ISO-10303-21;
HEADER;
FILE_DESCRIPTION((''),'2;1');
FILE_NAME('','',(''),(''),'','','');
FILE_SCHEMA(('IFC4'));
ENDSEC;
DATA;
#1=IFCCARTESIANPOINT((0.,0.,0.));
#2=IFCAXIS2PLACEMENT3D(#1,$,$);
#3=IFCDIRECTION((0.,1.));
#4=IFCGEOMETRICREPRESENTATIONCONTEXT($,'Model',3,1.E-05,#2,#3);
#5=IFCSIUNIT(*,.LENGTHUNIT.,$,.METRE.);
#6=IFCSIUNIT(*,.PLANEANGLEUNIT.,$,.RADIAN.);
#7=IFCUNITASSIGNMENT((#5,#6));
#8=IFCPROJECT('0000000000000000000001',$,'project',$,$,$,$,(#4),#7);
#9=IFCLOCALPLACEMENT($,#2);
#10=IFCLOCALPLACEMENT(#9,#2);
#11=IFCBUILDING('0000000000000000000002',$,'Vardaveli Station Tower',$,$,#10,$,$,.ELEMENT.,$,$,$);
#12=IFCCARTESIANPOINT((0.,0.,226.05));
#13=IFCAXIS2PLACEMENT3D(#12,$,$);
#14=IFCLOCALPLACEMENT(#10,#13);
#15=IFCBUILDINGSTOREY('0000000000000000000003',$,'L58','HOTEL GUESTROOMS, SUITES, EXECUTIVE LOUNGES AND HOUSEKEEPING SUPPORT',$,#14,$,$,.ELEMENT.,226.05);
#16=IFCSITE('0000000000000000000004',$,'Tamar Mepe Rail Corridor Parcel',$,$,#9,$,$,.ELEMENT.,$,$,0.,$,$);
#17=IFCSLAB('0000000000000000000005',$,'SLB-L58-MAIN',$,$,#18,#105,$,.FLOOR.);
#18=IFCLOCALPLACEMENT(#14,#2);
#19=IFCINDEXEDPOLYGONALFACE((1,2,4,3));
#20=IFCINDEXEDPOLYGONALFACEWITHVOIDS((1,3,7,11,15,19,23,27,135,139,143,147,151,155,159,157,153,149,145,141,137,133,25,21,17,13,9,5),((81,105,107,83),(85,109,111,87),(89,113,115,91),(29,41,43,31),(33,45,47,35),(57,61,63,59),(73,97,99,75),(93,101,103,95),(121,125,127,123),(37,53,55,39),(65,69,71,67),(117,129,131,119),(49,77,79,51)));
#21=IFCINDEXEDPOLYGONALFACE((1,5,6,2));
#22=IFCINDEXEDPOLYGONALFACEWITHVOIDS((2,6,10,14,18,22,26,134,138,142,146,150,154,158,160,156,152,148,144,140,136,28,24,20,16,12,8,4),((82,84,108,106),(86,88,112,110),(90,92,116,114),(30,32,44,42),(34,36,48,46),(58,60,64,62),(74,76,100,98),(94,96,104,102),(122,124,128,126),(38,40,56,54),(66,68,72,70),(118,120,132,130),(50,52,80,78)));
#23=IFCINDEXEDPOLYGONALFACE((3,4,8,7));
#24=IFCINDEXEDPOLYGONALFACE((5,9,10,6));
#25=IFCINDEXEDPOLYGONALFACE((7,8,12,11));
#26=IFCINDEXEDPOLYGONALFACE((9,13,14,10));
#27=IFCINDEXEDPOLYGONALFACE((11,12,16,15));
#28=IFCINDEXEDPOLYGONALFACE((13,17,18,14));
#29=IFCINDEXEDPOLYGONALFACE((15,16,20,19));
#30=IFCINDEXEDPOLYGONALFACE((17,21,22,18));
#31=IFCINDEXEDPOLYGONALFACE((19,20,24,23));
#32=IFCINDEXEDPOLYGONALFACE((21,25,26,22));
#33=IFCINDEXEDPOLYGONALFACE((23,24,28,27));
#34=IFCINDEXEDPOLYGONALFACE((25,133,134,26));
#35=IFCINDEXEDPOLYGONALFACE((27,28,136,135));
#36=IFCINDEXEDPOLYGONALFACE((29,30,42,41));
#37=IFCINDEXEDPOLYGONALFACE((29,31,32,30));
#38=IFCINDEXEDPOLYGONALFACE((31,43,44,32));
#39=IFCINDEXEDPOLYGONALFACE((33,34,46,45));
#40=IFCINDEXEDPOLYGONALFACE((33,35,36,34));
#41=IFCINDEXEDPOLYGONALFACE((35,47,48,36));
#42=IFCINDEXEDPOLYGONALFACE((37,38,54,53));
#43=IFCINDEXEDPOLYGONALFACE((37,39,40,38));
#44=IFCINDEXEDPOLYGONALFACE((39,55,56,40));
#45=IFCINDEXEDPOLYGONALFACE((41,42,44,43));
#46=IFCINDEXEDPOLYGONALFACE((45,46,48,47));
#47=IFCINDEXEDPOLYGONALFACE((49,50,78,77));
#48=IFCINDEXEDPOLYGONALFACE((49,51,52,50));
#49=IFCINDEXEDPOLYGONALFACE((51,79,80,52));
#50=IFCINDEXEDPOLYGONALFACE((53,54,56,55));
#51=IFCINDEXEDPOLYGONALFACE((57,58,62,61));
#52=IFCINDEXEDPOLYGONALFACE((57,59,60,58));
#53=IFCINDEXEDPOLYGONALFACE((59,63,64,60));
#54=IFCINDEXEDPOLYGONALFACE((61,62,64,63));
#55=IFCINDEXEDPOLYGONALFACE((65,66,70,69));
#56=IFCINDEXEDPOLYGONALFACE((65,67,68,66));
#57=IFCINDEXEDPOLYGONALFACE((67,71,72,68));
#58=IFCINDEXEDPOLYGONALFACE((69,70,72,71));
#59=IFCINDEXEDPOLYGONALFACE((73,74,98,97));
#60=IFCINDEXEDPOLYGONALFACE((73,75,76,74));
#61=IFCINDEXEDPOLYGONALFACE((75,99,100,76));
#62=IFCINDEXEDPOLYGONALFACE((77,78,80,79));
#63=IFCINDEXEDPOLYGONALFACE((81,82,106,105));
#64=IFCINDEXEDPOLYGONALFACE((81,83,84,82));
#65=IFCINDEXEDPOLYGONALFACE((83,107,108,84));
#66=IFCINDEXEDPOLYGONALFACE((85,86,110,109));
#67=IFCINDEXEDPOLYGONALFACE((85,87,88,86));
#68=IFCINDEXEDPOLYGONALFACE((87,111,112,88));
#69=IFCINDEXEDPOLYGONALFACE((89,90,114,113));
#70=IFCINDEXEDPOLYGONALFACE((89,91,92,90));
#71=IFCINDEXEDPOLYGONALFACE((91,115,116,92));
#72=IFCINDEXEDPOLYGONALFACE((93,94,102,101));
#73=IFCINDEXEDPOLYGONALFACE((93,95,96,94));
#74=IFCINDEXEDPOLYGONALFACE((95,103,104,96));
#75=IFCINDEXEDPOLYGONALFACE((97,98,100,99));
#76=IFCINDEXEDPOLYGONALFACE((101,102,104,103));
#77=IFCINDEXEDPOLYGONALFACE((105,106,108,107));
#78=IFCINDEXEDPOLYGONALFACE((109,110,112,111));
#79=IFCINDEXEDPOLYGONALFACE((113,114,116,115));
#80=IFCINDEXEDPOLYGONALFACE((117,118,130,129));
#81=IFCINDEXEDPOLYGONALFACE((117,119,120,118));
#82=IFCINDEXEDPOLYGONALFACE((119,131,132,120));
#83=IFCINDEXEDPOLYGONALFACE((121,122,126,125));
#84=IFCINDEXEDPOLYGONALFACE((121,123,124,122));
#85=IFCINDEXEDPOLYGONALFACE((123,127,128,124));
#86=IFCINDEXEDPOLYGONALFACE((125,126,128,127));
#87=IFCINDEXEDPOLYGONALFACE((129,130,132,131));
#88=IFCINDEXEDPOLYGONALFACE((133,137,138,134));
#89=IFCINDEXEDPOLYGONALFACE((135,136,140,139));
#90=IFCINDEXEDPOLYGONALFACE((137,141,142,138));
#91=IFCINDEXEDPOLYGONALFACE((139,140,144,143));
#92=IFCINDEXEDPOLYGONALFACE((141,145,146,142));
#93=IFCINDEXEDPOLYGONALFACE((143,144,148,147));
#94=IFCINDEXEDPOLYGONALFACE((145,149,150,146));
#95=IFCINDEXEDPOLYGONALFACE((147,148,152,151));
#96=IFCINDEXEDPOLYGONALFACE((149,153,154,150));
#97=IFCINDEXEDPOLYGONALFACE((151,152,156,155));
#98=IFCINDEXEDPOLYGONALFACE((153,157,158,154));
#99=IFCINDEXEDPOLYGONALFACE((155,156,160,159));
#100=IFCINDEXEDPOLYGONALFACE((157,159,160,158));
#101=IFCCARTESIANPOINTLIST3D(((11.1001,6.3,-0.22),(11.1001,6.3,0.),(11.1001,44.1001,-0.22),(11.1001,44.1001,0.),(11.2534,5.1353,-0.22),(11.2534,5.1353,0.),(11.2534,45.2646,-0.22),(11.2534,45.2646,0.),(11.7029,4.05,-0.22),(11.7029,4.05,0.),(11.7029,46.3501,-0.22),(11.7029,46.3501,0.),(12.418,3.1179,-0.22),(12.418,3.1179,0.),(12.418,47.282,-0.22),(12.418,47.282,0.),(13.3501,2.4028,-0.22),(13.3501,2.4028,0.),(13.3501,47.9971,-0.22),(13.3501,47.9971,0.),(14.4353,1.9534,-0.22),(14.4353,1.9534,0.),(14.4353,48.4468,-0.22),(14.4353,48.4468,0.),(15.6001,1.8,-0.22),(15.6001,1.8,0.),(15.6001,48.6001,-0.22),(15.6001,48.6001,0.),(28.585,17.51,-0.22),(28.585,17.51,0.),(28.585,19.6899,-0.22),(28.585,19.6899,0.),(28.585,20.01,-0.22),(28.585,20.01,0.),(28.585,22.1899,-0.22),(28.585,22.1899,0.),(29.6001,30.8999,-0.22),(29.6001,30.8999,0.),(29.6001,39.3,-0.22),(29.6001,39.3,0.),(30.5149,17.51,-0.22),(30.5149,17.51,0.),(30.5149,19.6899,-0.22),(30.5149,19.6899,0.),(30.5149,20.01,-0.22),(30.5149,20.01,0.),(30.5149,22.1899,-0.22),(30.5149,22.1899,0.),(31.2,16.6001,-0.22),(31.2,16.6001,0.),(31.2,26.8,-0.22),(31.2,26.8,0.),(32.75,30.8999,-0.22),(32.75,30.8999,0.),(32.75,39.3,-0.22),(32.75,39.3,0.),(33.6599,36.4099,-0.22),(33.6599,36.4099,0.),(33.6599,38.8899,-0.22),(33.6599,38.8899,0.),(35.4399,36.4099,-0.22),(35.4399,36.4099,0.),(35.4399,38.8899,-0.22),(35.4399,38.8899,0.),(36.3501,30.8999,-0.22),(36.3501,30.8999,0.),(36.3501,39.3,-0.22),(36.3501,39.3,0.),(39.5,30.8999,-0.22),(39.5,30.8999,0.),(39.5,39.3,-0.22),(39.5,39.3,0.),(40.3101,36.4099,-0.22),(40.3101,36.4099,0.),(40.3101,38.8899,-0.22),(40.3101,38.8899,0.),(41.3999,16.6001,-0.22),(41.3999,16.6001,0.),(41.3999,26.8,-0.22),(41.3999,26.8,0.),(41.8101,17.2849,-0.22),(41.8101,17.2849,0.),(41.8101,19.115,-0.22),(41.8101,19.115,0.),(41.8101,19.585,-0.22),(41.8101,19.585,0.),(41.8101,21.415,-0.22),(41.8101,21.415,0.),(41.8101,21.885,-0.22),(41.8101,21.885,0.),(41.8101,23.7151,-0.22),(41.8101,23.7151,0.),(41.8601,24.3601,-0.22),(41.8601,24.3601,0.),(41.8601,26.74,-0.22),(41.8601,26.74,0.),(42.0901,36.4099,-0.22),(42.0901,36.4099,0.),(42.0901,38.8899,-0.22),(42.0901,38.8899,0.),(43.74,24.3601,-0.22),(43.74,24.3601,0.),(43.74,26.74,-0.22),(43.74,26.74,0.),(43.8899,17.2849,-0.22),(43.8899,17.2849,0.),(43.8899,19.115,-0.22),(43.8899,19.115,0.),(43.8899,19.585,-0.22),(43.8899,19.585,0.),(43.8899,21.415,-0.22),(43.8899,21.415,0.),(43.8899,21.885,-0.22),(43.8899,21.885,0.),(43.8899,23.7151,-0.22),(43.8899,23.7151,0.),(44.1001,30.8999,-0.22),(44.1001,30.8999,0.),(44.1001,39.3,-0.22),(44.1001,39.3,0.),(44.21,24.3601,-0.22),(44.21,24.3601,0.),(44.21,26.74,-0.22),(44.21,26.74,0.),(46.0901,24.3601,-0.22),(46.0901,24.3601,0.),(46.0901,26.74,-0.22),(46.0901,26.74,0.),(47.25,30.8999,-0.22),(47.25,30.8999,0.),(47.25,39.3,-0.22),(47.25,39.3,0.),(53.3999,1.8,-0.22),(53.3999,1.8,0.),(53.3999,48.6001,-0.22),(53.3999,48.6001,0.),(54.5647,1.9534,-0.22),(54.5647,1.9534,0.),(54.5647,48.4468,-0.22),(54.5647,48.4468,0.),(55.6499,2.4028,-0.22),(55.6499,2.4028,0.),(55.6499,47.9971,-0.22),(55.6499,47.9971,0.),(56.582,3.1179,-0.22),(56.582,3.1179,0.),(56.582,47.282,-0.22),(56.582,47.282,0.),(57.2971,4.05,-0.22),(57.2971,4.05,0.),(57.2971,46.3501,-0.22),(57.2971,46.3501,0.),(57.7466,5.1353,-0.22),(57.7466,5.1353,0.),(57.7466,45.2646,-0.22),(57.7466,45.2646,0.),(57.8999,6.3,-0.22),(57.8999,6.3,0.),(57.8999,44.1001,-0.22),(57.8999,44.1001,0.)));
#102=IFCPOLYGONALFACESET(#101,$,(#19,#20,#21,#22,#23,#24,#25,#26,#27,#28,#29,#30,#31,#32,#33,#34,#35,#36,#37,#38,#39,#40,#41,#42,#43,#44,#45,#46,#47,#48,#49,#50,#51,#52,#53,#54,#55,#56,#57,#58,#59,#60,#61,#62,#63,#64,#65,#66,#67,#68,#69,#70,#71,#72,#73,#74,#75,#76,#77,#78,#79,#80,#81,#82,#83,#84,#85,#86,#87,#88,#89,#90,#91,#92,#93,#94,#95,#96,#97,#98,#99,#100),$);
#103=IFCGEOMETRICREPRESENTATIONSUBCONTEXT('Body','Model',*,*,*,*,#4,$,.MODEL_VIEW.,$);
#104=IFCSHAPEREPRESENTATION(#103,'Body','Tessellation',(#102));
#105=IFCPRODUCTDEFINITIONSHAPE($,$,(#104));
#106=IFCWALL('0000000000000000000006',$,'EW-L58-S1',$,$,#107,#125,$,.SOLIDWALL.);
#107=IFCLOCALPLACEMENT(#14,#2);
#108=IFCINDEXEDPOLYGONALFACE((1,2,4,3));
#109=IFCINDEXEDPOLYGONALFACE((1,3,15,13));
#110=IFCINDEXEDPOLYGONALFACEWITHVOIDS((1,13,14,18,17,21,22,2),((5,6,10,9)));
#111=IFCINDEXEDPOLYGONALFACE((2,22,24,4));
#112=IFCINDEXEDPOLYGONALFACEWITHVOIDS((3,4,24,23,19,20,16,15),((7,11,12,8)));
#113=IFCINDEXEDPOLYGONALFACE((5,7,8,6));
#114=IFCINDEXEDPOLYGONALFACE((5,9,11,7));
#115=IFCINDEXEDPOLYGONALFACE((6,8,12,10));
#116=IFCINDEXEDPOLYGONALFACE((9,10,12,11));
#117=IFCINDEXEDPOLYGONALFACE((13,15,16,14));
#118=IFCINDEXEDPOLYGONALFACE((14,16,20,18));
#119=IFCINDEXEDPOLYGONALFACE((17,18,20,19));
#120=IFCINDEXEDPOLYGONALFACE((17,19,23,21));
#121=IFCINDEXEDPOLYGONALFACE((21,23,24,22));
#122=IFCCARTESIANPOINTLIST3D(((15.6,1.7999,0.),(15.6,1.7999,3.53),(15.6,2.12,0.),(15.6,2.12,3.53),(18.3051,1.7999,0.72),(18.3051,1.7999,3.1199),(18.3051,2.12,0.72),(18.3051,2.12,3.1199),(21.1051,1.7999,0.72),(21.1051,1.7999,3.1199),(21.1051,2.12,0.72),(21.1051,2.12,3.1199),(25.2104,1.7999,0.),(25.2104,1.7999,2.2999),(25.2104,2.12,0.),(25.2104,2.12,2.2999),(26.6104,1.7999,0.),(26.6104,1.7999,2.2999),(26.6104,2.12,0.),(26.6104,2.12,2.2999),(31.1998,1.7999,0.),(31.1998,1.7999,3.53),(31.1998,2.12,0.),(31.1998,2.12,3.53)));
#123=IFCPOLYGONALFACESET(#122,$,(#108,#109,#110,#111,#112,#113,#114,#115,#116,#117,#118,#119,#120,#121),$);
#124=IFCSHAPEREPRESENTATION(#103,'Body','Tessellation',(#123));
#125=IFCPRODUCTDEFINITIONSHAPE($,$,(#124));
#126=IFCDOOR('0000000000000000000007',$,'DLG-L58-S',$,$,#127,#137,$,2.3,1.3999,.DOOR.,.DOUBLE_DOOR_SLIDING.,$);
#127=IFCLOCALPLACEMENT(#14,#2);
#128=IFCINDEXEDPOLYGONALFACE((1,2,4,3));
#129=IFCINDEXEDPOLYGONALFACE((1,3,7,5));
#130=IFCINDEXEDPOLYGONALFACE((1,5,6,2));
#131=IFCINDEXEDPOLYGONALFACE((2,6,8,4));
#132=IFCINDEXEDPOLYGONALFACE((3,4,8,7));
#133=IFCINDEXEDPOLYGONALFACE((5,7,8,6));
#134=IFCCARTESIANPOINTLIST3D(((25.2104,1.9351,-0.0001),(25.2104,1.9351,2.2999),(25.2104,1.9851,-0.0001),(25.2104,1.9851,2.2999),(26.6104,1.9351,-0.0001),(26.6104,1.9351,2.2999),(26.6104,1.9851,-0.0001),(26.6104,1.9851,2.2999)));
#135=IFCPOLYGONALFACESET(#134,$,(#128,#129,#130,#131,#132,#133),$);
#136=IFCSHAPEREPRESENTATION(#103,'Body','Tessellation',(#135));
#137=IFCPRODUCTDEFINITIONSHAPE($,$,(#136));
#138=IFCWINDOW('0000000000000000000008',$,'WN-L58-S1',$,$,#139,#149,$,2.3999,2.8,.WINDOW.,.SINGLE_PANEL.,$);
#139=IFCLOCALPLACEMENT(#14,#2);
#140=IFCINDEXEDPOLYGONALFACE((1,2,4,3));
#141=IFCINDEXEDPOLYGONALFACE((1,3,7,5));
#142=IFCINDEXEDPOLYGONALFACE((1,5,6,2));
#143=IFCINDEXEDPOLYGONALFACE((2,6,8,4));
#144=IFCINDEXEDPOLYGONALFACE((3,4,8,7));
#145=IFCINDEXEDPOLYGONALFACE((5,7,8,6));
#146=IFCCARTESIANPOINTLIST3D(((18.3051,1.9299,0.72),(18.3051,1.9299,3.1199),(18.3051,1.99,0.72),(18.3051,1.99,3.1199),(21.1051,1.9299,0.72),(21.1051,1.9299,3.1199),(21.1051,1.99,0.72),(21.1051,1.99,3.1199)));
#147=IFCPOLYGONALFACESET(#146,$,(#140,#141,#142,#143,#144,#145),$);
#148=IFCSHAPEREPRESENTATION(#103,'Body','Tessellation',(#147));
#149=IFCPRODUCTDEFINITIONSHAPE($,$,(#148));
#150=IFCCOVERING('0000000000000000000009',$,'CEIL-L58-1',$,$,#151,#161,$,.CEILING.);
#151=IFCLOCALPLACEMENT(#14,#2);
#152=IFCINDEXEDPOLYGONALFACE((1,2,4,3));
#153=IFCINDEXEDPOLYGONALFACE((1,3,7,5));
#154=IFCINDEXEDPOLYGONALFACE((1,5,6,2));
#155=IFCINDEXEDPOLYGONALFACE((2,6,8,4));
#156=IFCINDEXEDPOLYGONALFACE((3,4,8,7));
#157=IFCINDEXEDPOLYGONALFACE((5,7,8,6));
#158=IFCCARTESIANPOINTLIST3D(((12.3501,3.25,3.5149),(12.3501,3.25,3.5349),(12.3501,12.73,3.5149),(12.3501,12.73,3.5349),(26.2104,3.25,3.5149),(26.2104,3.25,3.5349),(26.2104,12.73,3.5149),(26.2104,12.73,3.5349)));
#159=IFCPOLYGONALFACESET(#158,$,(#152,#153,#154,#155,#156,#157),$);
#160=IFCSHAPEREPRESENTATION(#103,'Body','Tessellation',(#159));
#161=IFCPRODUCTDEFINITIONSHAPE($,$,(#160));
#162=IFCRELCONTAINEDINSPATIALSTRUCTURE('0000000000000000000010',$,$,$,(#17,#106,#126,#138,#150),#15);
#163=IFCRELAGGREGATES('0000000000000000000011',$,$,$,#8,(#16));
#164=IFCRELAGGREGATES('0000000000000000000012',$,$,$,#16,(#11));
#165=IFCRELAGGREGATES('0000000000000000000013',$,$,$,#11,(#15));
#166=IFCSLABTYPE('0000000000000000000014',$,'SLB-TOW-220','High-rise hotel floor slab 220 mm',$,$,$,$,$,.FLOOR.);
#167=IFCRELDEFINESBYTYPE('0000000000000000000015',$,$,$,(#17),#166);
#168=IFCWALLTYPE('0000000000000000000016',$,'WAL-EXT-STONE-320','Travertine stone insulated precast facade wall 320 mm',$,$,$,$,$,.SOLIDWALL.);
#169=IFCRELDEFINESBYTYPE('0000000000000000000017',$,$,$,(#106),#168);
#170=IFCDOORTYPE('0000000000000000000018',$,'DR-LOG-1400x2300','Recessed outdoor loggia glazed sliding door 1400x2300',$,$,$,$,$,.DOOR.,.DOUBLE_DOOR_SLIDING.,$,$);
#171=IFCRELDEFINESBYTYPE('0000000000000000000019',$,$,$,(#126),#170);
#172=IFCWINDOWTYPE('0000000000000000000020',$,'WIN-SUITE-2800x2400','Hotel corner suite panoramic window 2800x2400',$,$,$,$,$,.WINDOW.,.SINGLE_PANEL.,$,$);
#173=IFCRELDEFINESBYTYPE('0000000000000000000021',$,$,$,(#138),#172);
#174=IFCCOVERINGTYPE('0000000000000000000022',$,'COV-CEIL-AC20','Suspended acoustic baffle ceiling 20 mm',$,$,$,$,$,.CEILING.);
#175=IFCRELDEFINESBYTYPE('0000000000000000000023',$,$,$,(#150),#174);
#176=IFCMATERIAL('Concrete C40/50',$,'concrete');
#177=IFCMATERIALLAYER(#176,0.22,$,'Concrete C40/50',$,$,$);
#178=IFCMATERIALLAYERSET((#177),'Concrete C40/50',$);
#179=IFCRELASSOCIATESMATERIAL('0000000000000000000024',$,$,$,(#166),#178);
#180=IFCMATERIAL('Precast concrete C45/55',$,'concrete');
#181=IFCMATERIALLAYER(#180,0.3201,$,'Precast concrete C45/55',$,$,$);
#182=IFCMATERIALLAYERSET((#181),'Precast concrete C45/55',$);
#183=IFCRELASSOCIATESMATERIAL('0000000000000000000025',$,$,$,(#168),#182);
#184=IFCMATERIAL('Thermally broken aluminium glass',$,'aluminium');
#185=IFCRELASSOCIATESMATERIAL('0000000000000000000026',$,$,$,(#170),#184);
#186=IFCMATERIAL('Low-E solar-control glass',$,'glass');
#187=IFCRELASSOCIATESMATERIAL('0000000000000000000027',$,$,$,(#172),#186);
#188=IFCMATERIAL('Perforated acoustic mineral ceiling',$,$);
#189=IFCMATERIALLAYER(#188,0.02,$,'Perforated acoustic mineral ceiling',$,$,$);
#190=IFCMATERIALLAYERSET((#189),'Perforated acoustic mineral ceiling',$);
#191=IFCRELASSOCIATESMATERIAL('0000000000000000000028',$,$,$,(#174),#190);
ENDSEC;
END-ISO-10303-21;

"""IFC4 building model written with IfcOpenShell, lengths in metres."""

from ifc_helpers import new_model, si_unit, direction, frame, frame_2d, origin, place, context, subcontext, project, spatial, polyline, rectangle, outline, extrude, source, transform, mapped, material, layer, layer_set, type_object, element, fill, save


model = new_model("IFC4")

# Units and contexts
model_context = context("Model", 3, precision=1e-05, world=origin(), true_north=direction((0.0, 1.0)))
body_context = subcontext(model_context, "Body", "Model", "MODEL_VIEW")
ifc_project = project(units=[si_unit("LENGTHUNIT", "METRE"), si_unit("PLANEANGLEUNIT", "RADIAN")], contexts=[model_context])

# Site, building, storey
site_placement = place(None, origin())
site = spatial("IfcSite", under=ifc_project, at=site_placement, Name="Tamar Mepe Rail Corridor Parcel", CompositionType="ELEMENT", RefElevation=0.0)
building_placement = place(site_placement, origin())
building = spatial("IfcBuilding", under=site, at=building_placement, Name="Vardaveli Station Tower", CompositionType="ELEMENT")
storey_placement = place(building_placement, frame((0.0, 0.0, 226.05)))
storey = spatial("IfcBuildingStorey", under=building, at=storey_placement, Name="L58", Description="HOTEL GUESTROOMS, SUITES, EXECUTIVE LOUNGES AND HOUSEKEEPING SUPPORT", CompositionType="ELEMENT", Elevation=226.05)

# Shared definitions
ifc_material_1 = material(Name="Concrete C40/50", Category="concrete")

# Slab
ifc_material_2 = material(Name="Precast concrete C45/55", Category="concrete")
ifc_layer_1 = layer(ifc_material_1, 0.22, Name="Concrete C40/50")
ifc_layer_set_1 = layer_set([ifc_layer_1], Name="Concrete C40/50")
slab_type_1 = type_object("IfcSlabType", Name="SLB-TOW-220", Description="High-rise hotel floor slab 220 mm", PredefinedType="FLOOR", material=ifc_layer_set_1)
slab_1_placement = place(storey_placement, frame((0.0, 0.0, -0.22)))
element("IfcSlab", 1, at=slab_1_placement, inside=storey, type_object=slab_type_1, Name="SLB-L58-MAIN", PredefinedType="FLOOR", context=body_context, shape_type="SweptSolid", body=[
    extrude(outline(polyline([(11.1001, 6.3), (11.2534, 5.1353), (11.7029, 4.05), (12.418, 3.1179), (13.3501, 2.4028), (14.4353, 1.9534), (15.6001, 1.8), (53.3999, 1.8), (54.5647, 1.9534), (55.6499, 2.4028), (56.582, 3.1179), (57.2971, 4.05), (57.7466, 5.1353), (57.8999, 6.3), (57.8999, 44.1001), (57.7466, 45.2646), (57.2971, 46.3501), (56.582, 47.282), (55.6499, 47.9971), (54.5647, 48.4468), (53.3999, 48.6001), (15.6001, 48.6001), (14.4353, 48.4468), (13.3501, 47.9971), (12.418, 47.282), (11.7029, 46.3501), (11.2534, 45.2646), (11.1001, 44.1001), (11.1001, 6.3)]), holes=[polyline([(31.2, 16.6001), (41.3999, 16.6001), (41.3999, 26.8), (31.2, 26.8), (31.2, 16.6001)]), polyline([(32.75, 30.8999), (32.75, 39.3), (29.6001, 39.3), (29.6001, 30.8999), (32.75, 30.8999)]), polyline([(39.5, 30.8999), (39.5, 39.3), (36.3501, 39.3), (36.3501, 30.8999), (39.5, 30.8999)]), polyline([(47.25, 30.8999), (47.25, 39.3), (44.1001, 39.3), (44.1001, 30.8999), (47.25, 30.8999)]), polyline([(33.6599, 36.4099), (35.4399, 36.4099), (35.4399, 38.8899), (33.6599, 38.8899), (33.6599, 36.4099)]), polyline([(40.3101, 36.4099), (42.0901, 36.4099), (42.0901, 38.8899), (40.3101, 38.8899), (40.3101, 36.4099)]), polyline([(41.8101, 21.885), (43.8899, 21.885), (43.8899, 23.7151), (41.8101, 23.7151), (41.8101, 21.885)]), polyline([(41.8101, 19.585), (43.8899, 19.585), (43.8899, 21.415), (41.8101, 21.415), (41.8101, 19.585)]), polyline([(41.8101, 17.2849), (43.8899, 17.2849), (43.8899, 19.115), (41.8101, 19.115), (41.8101, 17.2849)]), polyline([(28.585, 17.51), (30.5149, 17.51), (30.5149, 19.6899), (28.585, 19.6899), (28.585, 17.51)]), polyline([(28.585, 20.01), (30.5149, 20.01), (30.5149, 22.1899), (28.585, 22.1899), (28.585, 20.01)]), polyline([(41.8601, 24.3601), (43.74, 24.3601), (43.74, 26.74), (41.8601, 26.74), (41.8601, 24.3601)]), polyline([(44.21, 24.3601), (46.0901, 24.3601), (46.0901, 26.74), (44.21, 26.74), (44.21, 24.3601)])]), origin(), (0.0, 0.0, 1.0), 0.22),
])

# Wall, openings, door, window
ifc_layer_2 = layer(ifc_material_2, 0.3201, Name="Precast concrete C45/55")
ifc_layer_set_2 = layer_set([ifc_layer_2], Name="Precast concrete C45/55")
wall_type = type_object("IfcWallType", Name="WAL-EXT-STONE-320", Description="Travertine stone insulated precast facade wall 320 mm", PredefinedType="SOLIDWALL", material=ifc_layer_set_2)
shared_shape_1 = source(origin(), body_context, "Body", "SweptSolid", [
    extrude(rectangle(XDim=15.5999, YDim=0.3201, at=frame_2d((7.7998, 0.0))), origin(), (0.0, 0.0, 1.0), 3.53),
])
wall_placement = place(storey_placement, frame((15.6001, 1.96, 0.0), z_axis=(0.0, 0.0, 1.0), x_axis=(1.0, 0.0, 0.0)))
wall = element("IfcWall", 2, at=wall_placement, inside=storey, type_object=wall_type, Name="EW-L58-S1", PredefinedType="SOLIDWALL", context=body_context, shape_type="MappedRepresentation", body=[
    mapped(shared_shape_1, transform((0.0, 0.0, 0.0), scale=1.0)),
])
shared_shape_2 = source(origin(), body_context, "Body", "SweptSolid", [
    extrude(rectangle(XDim=1.3999, YDim=2.3, at=frame_2d((0.7, 1.1499))), frame((0.0, 0.1699, 0.0), z_axis=(0.0, -1.0, 0.0), x_axis=(1.0, 0.0, 0.0)), (0.0, 0.0, 1.0), 0.3401),
])
opening_1_placement = place(wall_placement, frame((9.6104, 0.0, 0.0)))
opening_1 = element("IfcOpeningElement", 3, at=opening_1_placement, cuts=wall, PredefinedType="OPENING", context=body_context, shape_type="MappedRepresentation", body=[
    mapped(shared_shape_2, transform((0.0, 0.0, 0.0), scale=1.0)),
])
shared_shape_3 = source(origin(), body_context, "Body", "SweptSolid", [
    extrude(rectangle(XDim=2.8, YDim=2.3999, at=frame_2d((1.3999, 1.2))), frame((0.0, 0.1699, 0.0), z_axis=(0.0, -1.0, 0.0), x_axis=(1.0, 0.0, 0.0)), (0.0, 0.0, 1.0), 0.3401),
])
opening_2_placement = place(wall_placement, frame((2.7051, 0.0, 0.72)))
opening_2 = element("IfcOpeningElement", 4, at=opening_2_placement, cuts=wall, PredefinedType="OPENING", context=body_context, shape_type="MappedRepresentation", body=[
    mapped(shared_shape_3, transform((0.0, 0.0, 0.0), scale=1.0)),
])
ifc_material_3 = material(Name="Thermally broken aluminium glass", Category="aluminium")
door_type = type_object("IfcDoorType", Name="DR-LOG-1400x2300", Description="Recessed outdoor loggia glazed sliding door 1400x2300", OperationType="DOUBLE_DOOR_SLIDING", PredefinedType="DOOR", material=ifc_material_3)
shared_shape_4 = source(origin(), body_context, "Body", "SweptSolid", [
    extrude(rectangle(XDim=1.3999, YDim=2.3, at=frame_2d((0.7, 1.1499))), frame((0.0, 0.0249, 0.0), z_axis=(0.0, -1.0, 0.0), x_axis=(1.0, 0.0, 0.0)), (0.0, 0.0, 1.0), 0.05),
])
door_placement = place(opening_1_placement, frame((1.3999, 0.0, 0.0), z_axis=(0.0, 0.0, 1.0), x_axis=(-1.0, 0.0, 0.0)))
door = element("IfcDoor", 5, at=door_placement, inside=storey, type_object=door_type, Name="DLG-L58-S", OperationType="DOUBLE_DOOR_SLIDING", OverallHeight=2.3, OverallWidth=1.3999, PredefinedType="DOOR", context=body_context, shape_type="MappedRepresentation", body=[
    mapped(shared_shape_4, transform((0.0, 0.0, 0.0), scale=1.0)),
])
fill(opening_1, door)
ifc_material_4 = material(Name="Low-E solar-control glass", Category="glass")
window_type = type_object("IfcWindowType", Name="WIN-SUITE-2800x2400", Description="Hotel corner suite panoramic window 2800x2400", PartitioningType="SINGLE_PANEL", PredefinedType="WINDOW", material=ifc_material_4)
shared_shape_5 = source(origin(), body_context, "Body", "SweptSolid", [
    extrude(rectangle(XDim=2.8, YDim=2.3999, at=frame_2d((1.3999, 1.2))), frame((0.0, 0.03, 0.0), z_axis=(0.0, -1.0, 0.0), x_axis=(1.0, 0.0, 0.0)), (0.0, 0.0, 1.0), 0.0601),
])
window_placement = place(opening_2_placement, origin())
window = element("IfcWindow", 6, at=window_placement, inside=storey, type_object=window_type, Name="WN-L58-S1", OverallHeight=2.3999, OverallWidth=2.8, PartitioningType="SINGLE_PANEL", PredefinedType="WINDOW", context=body_context, shape_type="MappedRepresentation", body=[
    mapped(shared_shape_5, transform((0.0, 0.0, 0.0), scale=1.0)),
])
fill(opening_2, window)

# Covering
ifc_material_5 = material(Name="Perforated acoustic mineral ceiling")
ifc_layer_3 = layer(ifc_material_5, 0.02, Name="Perforated acoustic mineral ceiling")
ifc_layer_set_3 = layer_set([ifc_layer_3], Name="Perforated acoustic mineral ceiling")
covering_type_1 = type_object("IfcCoveringType", Name="COV-CEIL-AC20", Description="Suspended acoustic baffle ceiling 20 mm", PredefinedType="CEILING", material=ifc_layer_set_3)
covering_1_placement = place(storey_placement, frame((0.0, 0.0, 3.5149)))
element("IfcCovering", 7, at=covering_1_placement, inside=storey, type_object=covering_type_1, Name="CEIL-L58-1", PredefinedType="CEILING", context=body_context, shape_type="SweptSolid", body=[
    extrude(outline(polyline([(12.3501, 3.25), (26.2104, 3.25), (26.2104, 12.73), (12.3501, 12.73), (12.3501, 3.25)])), origin(), (0.0, 0.0, 1.0), 0.02),
])

save(model, "model.ifc")
